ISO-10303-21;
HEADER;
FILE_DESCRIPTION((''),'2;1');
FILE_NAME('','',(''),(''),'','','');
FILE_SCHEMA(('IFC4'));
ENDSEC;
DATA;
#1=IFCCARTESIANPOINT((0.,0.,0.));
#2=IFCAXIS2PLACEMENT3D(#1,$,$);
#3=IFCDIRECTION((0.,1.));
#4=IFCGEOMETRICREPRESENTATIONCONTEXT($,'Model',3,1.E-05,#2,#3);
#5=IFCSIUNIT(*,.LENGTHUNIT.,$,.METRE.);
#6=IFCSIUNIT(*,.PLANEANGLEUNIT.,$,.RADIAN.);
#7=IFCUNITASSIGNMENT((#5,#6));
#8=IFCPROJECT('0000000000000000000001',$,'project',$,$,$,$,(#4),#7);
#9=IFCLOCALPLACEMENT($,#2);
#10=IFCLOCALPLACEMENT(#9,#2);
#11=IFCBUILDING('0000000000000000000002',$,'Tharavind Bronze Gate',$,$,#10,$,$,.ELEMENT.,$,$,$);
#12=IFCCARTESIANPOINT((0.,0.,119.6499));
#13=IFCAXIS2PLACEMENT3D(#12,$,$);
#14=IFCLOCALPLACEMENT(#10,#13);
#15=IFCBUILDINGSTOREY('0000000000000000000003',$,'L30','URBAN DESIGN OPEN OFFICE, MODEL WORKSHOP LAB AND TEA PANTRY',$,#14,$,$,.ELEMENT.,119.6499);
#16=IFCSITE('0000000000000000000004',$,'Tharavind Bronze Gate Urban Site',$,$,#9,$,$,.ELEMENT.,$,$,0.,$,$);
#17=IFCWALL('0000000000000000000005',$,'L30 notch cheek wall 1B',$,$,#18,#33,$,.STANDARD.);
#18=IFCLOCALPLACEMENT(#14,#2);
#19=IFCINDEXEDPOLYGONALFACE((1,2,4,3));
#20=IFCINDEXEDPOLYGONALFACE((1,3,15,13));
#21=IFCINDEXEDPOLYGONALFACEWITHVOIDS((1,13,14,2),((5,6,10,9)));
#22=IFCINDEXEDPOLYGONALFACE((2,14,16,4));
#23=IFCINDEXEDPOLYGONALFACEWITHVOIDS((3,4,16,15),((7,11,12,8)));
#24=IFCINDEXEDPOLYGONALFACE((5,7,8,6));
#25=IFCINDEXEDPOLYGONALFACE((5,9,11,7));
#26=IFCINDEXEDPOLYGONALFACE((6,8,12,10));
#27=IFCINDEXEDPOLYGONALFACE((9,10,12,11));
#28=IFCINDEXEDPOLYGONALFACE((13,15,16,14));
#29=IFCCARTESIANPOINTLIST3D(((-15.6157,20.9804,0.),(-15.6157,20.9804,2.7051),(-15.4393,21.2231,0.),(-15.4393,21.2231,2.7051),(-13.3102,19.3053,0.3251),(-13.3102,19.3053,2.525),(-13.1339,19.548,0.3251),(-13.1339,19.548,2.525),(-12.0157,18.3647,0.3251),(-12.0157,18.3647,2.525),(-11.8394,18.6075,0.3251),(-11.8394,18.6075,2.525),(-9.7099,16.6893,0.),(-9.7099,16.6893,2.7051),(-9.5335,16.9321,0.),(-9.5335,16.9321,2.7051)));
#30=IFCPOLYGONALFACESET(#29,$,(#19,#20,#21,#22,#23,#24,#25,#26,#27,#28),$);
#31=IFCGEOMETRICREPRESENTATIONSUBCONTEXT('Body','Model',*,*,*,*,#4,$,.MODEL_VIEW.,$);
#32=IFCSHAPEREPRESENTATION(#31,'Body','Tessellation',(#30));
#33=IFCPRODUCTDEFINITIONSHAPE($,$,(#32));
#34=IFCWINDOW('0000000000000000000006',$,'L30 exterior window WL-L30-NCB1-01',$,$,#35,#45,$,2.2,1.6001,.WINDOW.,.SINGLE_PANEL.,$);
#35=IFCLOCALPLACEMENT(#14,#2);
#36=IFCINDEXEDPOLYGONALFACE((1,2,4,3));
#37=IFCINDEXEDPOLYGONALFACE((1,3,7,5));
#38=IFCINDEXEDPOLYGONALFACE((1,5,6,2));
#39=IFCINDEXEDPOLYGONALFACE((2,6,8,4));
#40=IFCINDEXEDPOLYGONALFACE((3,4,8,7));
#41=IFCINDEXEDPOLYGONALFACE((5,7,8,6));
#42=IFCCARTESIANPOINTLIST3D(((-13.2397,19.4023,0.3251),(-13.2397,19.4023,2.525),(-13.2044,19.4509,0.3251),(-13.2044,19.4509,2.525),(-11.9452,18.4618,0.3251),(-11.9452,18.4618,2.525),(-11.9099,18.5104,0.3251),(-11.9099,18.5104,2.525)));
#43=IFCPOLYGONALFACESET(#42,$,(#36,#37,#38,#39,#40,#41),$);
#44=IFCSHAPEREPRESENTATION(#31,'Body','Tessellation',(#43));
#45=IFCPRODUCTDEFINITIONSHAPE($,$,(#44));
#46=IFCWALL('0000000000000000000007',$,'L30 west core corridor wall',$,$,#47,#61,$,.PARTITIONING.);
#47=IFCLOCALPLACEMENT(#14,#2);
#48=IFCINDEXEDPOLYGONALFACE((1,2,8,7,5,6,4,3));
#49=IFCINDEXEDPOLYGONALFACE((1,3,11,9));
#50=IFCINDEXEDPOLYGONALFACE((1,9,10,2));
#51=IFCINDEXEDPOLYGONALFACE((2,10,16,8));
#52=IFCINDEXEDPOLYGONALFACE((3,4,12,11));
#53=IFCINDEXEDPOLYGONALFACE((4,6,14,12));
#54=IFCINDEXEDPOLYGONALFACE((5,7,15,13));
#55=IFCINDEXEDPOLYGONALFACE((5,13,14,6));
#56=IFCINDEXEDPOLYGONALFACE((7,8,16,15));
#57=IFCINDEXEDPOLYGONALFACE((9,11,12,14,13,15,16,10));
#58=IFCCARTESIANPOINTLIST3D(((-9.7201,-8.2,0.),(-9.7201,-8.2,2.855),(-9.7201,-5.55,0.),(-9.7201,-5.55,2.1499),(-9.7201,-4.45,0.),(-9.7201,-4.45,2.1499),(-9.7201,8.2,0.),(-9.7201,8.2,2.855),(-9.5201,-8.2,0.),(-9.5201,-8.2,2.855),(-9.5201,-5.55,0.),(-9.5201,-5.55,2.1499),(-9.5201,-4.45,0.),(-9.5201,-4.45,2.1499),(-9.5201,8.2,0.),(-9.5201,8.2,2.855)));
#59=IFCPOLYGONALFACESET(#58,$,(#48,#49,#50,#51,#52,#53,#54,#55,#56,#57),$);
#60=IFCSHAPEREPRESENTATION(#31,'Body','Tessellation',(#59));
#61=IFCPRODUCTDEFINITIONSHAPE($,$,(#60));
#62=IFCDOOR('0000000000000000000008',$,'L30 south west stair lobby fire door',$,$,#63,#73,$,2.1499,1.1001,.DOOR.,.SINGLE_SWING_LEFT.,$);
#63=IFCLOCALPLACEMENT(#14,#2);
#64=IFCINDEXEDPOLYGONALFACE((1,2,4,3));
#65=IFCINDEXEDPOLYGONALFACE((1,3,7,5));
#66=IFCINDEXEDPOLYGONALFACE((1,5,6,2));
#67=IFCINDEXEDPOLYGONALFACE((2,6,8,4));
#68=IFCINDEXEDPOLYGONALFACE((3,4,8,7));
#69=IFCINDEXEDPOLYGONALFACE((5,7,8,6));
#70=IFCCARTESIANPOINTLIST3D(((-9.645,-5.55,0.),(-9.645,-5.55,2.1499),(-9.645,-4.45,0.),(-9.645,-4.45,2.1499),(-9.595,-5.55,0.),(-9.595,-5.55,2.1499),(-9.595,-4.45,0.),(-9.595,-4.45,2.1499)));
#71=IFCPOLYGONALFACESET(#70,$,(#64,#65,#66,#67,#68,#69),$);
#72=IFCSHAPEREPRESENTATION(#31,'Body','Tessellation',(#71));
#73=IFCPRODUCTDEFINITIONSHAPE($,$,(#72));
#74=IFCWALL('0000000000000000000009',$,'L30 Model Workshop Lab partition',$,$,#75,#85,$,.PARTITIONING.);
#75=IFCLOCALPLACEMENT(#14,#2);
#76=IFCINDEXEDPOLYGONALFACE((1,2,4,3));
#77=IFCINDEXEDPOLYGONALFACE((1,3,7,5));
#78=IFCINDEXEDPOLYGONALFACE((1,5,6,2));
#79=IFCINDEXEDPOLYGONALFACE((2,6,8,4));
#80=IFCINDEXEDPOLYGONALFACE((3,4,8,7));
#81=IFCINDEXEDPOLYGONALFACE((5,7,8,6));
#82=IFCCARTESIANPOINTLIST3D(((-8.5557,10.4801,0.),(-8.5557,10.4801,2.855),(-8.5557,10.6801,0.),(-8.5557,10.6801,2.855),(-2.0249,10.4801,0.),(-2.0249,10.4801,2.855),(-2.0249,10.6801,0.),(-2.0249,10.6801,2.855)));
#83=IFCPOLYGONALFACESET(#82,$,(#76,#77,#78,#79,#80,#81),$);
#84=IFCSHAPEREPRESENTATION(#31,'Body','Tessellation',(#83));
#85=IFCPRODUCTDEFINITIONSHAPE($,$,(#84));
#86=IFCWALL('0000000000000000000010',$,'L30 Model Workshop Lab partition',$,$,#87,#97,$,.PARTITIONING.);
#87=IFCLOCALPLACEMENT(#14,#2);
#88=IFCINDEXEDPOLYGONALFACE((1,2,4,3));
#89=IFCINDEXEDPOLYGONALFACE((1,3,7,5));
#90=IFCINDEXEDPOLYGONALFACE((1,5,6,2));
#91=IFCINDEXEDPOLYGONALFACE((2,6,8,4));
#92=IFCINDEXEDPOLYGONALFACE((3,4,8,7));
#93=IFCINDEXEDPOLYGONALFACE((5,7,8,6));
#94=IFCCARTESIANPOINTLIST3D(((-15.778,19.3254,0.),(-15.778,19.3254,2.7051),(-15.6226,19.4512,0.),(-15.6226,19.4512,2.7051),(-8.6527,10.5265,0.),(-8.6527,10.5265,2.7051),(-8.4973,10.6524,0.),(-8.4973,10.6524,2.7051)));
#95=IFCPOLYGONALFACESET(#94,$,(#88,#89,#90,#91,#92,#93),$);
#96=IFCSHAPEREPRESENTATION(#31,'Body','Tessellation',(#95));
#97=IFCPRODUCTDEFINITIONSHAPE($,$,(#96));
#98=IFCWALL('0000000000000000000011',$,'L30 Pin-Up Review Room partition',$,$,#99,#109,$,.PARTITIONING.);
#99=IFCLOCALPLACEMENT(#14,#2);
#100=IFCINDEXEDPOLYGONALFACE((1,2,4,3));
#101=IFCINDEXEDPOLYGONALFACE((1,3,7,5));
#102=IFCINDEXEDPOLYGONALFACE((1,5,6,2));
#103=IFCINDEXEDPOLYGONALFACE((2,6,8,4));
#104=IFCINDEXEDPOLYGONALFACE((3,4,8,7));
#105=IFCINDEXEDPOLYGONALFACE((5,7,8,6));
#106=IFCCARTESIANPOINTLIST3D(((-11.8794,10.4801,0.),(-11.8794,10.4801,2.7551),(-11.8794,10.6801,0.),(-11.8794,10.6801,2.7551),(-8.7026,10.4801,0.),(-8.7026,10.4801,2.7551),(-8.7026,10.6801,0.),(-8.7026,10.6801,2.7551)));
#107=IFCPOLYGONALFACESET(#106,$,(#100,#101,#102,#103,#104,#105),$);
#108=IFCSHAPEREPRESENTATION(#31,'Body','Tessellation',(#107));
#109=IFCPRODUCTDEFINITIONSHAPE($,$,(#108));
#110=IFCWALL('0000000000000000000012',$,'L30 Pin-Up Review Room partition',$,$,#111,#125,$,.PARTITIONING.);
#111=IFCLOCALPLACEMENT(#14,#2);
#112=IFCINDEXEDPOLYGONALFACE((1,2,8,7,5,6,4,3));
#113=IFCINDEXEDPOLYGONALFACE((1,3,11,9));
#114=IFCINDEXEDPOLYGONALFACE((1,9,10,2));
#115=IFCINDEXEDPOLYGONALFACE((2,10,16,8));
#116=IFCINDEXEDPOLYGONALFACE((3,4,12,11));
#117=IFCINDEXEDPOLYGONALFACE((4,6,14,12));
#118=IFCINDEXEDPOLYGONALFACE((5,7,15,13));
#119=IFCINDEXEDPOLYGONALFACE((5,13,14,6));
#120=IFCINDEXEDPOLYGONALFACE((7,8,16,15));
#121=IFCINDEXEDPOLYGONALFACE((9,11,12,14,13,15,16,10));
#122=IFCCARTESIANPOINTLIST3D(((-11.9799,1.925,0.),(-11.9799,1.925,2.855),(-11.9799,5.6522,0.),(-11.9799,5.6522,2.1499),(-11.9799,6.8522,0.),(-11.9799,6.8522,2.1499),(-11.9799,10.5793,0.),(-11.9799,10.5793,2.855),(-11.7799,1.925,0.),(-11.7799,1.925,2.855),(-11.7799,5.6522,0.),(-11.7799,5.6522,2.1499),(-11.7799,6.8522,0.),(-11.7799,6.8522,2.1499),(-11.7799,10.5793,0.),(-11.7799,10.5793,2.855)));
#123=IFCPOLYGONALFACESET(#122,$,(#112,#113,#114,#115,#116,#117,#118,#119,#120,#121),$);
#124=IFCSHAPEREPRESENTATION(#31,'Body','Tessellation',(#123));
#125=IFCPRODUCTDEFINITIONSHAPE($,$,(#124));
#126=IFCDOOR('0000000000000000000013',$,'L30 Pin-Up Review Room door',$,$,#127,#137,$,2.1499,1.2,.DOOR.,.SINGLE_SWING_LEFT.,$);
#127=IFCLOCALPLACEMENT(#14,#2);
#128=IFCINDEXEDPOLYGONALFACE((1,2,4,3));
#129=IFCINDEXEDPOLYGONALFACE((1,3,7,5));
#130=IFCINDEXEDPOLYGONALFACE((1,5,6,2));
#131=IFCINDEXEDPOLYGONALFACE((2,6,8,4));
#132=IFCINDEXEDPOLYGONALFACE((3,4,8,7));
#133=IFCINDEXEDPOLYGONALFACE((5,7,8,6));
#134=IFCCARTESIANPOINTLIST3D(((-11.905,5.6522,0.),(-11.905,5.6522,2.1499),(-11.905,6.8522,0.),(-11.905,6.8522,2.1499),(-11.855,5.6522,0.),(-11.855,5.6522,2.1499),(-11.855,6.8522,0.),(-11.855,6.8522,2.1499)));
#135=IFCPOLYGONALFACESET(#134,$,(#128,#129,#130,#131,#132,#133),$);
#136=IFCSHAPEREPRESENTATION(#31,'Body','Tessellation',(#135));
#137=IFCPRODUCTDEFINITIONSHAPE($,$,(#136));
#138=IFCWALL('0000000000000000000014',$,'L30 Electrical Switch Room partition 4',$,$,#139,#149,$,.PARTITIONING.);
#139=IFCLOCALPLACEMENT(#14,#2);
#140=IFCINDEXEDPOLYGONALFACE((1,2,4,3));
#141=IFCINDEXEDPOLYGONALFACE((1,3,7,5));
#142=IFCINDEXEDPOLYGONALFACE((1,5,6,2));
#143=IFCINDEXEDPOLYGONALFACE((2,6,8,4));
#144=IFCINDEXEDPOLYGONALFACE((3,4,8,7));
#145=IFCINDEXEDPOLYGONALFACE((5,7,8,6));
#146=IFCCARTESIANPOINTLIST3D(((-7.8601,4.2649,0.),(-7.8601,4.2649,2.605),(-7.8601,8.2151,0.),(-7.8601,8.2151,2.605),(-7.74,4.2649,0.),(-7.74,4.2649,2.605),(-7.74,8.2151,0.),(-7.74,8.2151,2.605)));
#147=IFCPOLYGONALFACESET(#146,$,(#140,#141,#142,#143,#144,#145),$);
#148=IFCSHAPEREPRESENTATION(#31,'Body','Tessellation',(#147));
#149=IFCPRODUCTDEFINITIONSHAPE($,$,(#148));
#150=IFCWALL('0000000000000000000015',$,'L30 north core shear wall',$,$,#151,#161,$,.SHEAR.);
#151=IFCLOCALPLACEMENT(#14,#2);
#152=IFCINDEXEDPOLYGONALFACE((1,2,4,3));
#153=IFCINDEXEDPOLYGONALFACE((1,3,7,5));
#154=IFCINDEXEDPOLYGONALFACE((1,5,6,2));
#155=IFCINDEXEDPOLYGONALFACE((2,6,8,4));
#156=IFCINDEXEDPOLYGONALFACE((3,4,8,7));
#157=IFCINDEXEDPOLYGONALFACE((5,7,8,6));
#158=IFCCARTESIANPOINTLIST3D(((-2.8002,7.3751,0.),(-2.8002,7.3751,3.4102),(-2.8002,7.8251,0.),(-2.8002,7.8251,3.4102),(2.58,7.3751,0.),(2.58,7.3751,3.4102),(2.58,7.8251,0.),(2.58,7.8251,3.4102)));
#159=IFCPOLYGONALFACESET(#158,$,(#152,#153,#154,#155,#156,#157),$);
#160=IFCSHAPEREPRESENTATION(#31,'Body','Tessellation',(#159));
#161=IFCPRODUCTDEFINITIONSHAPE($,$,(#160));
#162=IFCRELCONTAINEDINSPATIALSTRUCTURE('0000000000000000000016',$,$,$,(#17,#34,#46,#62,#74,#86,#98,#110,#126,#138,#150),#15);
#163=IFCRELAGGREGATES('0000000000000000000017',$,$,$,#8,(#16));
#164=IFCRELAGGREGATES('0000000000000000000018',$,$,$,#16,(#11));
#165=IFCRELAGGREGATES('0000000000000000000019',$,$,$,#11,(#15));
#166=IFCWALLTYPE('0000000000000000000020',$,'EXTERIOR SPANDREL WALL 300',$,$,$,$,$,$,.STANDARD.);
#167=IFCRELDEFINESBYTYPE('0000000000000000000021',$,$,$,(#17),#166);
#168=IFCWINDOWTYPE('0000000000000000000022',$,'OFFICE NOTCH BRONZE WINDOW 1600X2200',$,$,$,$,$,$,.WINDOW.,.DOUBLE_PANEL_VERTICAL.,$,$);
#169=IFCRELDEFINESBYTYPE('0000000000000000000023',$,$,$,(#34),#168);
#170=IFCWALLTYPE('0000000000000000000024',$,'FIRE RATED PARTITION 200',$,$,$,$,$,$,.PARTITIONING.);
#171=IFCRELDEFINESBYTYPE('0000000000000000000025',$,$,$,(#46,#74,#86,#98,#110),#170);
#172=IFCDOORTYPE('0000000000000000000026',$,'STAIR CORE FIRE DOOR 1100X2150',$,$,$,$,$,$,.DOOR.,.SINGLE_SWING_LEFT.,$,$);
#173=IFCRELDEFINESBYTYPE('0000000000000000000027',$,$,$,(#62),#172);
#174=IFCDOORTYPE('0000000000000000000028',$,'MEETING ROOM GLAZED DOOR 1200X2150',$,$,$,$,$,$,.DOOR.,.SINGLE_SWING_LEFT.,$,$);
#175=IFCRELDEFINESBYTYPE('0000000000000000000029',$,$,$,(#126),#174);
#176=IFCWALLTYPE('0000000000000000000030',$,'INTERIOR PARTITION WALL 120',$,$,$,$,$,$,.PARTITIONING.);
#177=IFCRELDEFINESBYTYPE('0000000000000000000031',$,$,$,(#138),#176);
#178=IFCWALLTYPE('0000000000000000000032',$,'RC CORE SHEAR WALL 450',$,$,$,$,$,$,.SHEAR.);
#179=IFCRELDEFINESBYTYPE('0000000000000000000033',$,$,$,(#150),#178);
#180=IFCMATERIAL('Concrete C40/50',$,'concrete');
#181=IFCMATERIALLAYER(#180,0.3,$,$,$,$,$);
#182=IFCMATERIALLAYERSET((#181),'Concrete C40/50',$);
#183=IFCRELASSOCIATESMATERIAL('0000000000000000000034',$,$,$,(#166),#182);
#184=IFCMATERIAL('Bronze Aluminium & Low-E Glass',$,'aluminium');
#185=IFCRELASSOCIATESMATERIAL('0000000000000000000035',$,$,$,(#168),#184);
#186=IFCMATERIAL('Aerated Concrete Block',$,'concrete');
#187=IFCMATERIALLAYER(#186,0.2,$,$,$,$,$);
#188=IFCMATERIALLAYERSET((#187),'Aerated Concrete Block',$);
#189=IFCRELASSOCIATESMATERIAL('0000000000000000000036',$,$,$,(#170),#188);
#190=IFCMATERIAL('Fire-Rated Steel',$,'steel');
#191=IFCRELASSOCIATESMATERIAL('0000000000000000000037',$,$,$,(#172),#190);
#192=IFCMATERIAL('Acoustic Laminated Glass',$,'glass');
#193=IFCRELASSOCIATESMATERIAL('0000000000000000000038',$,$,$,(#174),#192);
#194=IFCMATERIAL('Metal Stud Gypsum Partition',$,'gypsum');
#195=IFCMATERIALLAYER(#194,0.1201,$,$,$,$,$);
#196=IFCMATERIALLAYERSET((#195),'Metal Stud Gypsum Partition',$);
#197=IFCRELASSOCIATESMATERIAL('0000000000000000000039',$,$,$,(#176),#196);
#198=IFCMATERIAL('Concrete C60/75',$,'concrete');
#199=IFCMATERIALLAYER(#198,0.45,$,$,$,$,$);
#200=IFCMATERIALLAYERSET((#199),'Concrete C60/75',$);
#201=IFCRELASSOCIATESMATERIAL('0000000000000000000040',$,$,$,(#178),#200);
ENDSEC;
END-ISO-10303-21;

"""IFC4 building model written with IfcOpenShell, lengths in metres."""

from ifc_helpers import new_model, si_unit, direction, frame, frame_2d, origin, place, context, subcontext, project, spatial, rectangle, extrude, material, layer, layer_set, type_object, element, fill, save


model = new_model("IFC4")

# Units and contexts
model_context = context("Model", 3, precision=1e-05, world=origin(), true_north=direction((0.0, 1.0)))
body_context = subcontext(model_context, "Body", "Model", "MODEL_VIEW")
ifc_project = project(units=[si_unit("LENGTHUNIT", "METRE"), si_unit("PLANEANGLEUNIT", "RADIAN")], contexts=[model_context])

# Site, building, storey
site_placement = place(None, origin())
site = spatial("IfcSite", under=ifc_project, at=site_placement, Name="Tharavind Bronze Gate Urban Site", CompositionType="ELEMENT", RefElevation=0.0)
building_placement = place(site_placement, origin())
building = spatial("IfcBuilding", under=site, at=building_placement, Name="Tharavind Bronze Gate", CompositionType="ELEMENT")
storey_placement = place(building_placement, frame((0.0, 0.0, 119.6499)))
storey = spatial("IfcBuildingStorey", under=building, at=storey_placement, Name="L30", Description="URBAN DESIGN OPEN OFFICE, MODEL WORKSHOP LAB AND TEA PANTRY", CompositionType="ELEMENT", Elevation=119.6499)

# Wall, opening, window
ifc_material_1 = material(Name="Concrete C40/50", Category="concrete")
ifc_layer_1 = layer(ifc_material_1, 0.3)
ifc_layer_set_1 = layer_set([ifc_layer_1], Name="Concrete C40/50")
wall_type_1 = type_object("IfcWallType", Name="EXTERIOR SPANDREL WALL 300", PredefinedType="STANDARD", material=ifc_layer_set_1)
wall_1_placement = place(storey_placement, frame((-9.6218, 16.8108, 0.0), z_axis=(0.0, 0.0, 1.0), x_axis=(-0.809002, 0.587806, 0.0)))
wall_1 = element("IfcWall", 1, at=wall_1_placement, inside=storey, type_object=wall_type_1, Name="L30 notch cheek wall 1B", PredefinedType="STANDARD", context=body_context, shape_type="SweptSolid", body=[
    extrude(rectangle(XDim=7.3, YDim=0.3, at=frame_2d((3.6499, 0.0))), origin(), (0.0, 0.0, 1.0), 2.7051),
])
opening_1_placement = place(wall_1_placement, frame((2.8501, 0.0, 0.325)))
opening_1 = element("IfcOpeningElement", 2, at=opening_1_placement, cuts=wall_1, PredefinedType="OPENING", context=body_context, shape_type="SweptSolid", body=[
    extrude(rectangle(XDim=1.6001, YDim=2.2, at=frame_2d((0.8, 1.1001))), frame((0.0, 0.1599, 0.0), z_axis=(0.0, -1.0, 0.0), x_axis=(1.0, 0.0, 0.0)), (0.0, 0.0, 1.0), 0.32),
])
ifc_material_2 = material(Name="Bronze Aluminium & Low-E Glass", Category="aluminium")
window_type = type_object("IfcWindowType", Name="OFFICE NOTCH BRONZE WINDOW 1600X2200", PartitioningType="DOUBLE_PANEL_VERTICAL", PredefinedType="WINDOW", material=ifc_material_2)
window_placement = place(opening_1_placement, origin())
window = element("IfcWindow", 3, at=window_placement, inside=storey, type_object=window_type, Name="L30 exterior window WL-L30-NCB1-01", OverallHeight=2.2, OverallWidth=1.6001, PartitioningType="SINGLE_PANEL", PredefinedType="WINDOW", context=body_context, shape_type="SweptSolid", body=[
    extrude(rectangle(XDim=1.6001, YDim=2.2, at=frame_2d((0.8, 1.1001))), frame((0.0, 0.03, 0.0), z_axis=(0.0, -1.0, 0.0), x_axis=(1.0, 0.0, 0.0)), (0.0, 0.0, 1.0), 0.0601),
])
fill(opening_1, window)

# Wall, opening, door
ifc_material_3 = material(Name="Aerated Concrete Block", Category="concrete")
ifc_layer_2 = layer(ifc_material_3, 0.2)
ifc_layer_set_2 = layer_set([ifc_layer_2], Name="Aerated Concrete Block")
wall_type_2 = type_object("IfcWallType", Name="FIRE RATED PARTITION 200", PredefinedType="PARTITIONING", material=ifc_layer_set_2)
wall_2_placement = place(storey_placement, frame((-9.6201, 8.2, 0.0), z_axis=(0.0, 0.0, 1.0), x_axis=(0.0, -1.0, 0.0)))
wall_2 = element("IfcWall", 4, at=wall_2_placement, inside=storey, type_object=wall_type_2, Name="L30 west core corridor wall", PredefinedType="PARTITIONING", context=body_context, shape_type="SweptSolid", body=[
    extrude(rectangle(XDim=16.3999, YDim=0.2, at=frame_2d((8.2, 0.0))), origin(), (0.0, 0.0, 1.0), 2.855),
])
opening_2_placement = place(wall_2_placement, frame((12.6499, 0.0, 0.0)))
opening_2 = element("IfcOpeningElement", 5, at=opening_2_placement, cuts=wall_2, PredefinedType="OPENING", context=body_context, shape_type="SweptSolid", body=[
    extrude(rectangle(XDim=1.1001, YDim=2.1499, at=frame_2d((0.55, 1.075))), frame((0.0, 0.1101, 0.0), z_axis=(0.0, -1.0, 0.0), x_axis=(1.0, 0.0, 0.0)), (0.0, 0.0, 1.0), 0.22),
])
ifc_material_4 = material(Name="Fire-Rated Steel", Category="steel")
door_type_1 = type_object("IfcDoorType", Name="STAIR CORE FIRE DOOR 1100X2150", OperationType="SINGLE_SWING_LEFT", PredefinedType="DOOR", material=ifc_material_4)
door_1_placement = place(opening_2_placement, frame((1.1001, 0.0, 0.0), z_axis=(0.0, 0.0, 1.0), x_axis=(-1.0, 0.0, 0.0)))
door_1 = element("IfcDoor", 6, at=door_1_placement, inside=storey, type_object=door_type_1, Name="L30 south west stair lobby fire door", OperationType="SINGLE_SWING_LEFT", OverallHeight=2.1499, OverallWidth=1.1001, PredefinedType="DOOR", context=body_context, shape_type="SweptSolid", body=[
    extrude(rectangle(XDim=1.1001, YDim=2.1499, at=frame_2d((0.55, 1.075))), frame((0.0, 0.0249, 0.0), z_axis=(0.0, -1.0, 0.0), x_axis=(1.0, 0.0, 0.0)), (0.0, 0.0, 1.0), 0.05),
])
fill(opening_2, door_1)

# Walls
wall_3_placement = place(storey_placement, frame((-2.0249, 10.5801, 0.0), z_axis=(0.0, 0.0, 1.0), x_axis=(-1.0, 0.0, 0.0)))
element("IfcWall", 7, at=wall_3_placement, inside=storey, type_object=wall_type_2, Name="L30 Model Workshop Lab partition", PredefinedType="PARTITIONING", context=body_context, shape_type="SweptSolid", body=[
    extrude(rectangle(XDim=6.5308, YDim=0.2, at=frame_2d((3.2654, 0.0))), origin(), (0.0, 0.0, 1.0), 2.855),
])
wall_4_placement = place(storey_placement, frame((-8.575, 10.5894, 0.0), z_axis=(0.0, 0.0, 1.0), x_axis=(-0.629325, 0.777142, 0.0)))
element("IfcWall", 8, at=wall_4_placement, inside=storey, type_object=wall_type_2, Name="L30 Model Workshop Lab partition", PredefinedType="PARTITIONING", context=body_context, shape_type="SweptSolid", body=[
    extrude(rectangle(XDim=11.322, YDim=0.2, at=frame_2d((5.6611, 0.0))), origin(), (0.0, 0.0, 1.0), 2.7051),
])
wall_5_placement = place(storey_placement, frame((-8.7026, 10.5801, 0.0), z_axis=(0.0, 0.0, 1.0), x_axis=(-1.0, 0.0, 0.0)))
element("IfcWall", 9, at=wall_5_placement, inside=storey, type_object=wall_type_2, Name="L30 Pin-Up Review Room partition", PredefinedType="PARTITIONING", context=body_context, shape_type="SweptSolid", body=[
    extrude(rectangle(XDim=3.1768, YDim=0.2, at=frame_2d((1.5884, 0.0))), origin(), (0.0, 0.0, 1.0), 2.7551),
])

# Wall, opening, door
wall_6_placement = place(storey_placement, frame((-11.8799, 10.5793, 0.0), z_axis=(0.0, 0.0, 1.0), x_axis=(0.0, -1.0, 0.0)))
wall_6 = element("IfcWall", 10, at=wall_6_placement, inside=storey, type_object=wall_type_2, Name="L30 Pin-Up Review Room partition", PredefinedType="PARTITIONING", context=body_context, shape_type="SweptSolid", body=[
    extrude(rectangle(XDim=8.6543, YDim=0.2, at=frame_2d((4.3271, 0.0))), origin(), (0.0, 0.0, 1.0), 2.855),
])
opening_3_placement = place(wall_6_placement, frame((3.7271, 0.0, 0.0)))
opening_3 = element("IfcOpeningElement", 11, at=opening_3_placement, cuts=wall_6, PredefinedType="OPENING", context=body_context, shape_type="SweptSolid", body=[
    extrude(rectangle(XDim=1.2, YDim=2.1499, at=frame_2d((0.6001, 1.075))), frame((0.0, 0.1101, 0.0), z_axis=(0.0, -1.0, 0.0), x_axis=(1.0, 0.0, 0.0)), (0.0, 0.0, 1.0), 0.22),
])
ifc_material_5 = material(Name="Acoustic Laminated Glass", Category="glass")
door_type_2 = type_object("IfcDoorType", Name="MEETING ROOM GLAZED DOOR 1200X2150", OperationType="SINGLE_SWING_LEFT", PredefinedType="DOOR", material=ifc_material_5)
door_2_placement = place(opening_3_placement, origin())
door_2 = element("IfcDoor", 12, at=door_2_placement, inside=storey, type_object=door_type_2, Name="L30 Pin-Up Review Room door", OperationType="SINGLE_SWING_LEFT", OverallHeight=2.1499, OverallWidth=1.2, PredefinedType="DOOR", context=body_context, shape_type="SweptSolid", body=[
    extrude(rectangle(XDim=1.2, YDim=2.1499, at=frame_2d((0.6001, 1.075))), frame((0.0, 0.0249, 0.0), z_axis=(0.0, -1.0, 0.0), x_axis=(1.0, 0.0, 0.0)), (0.0, 0.0, 1.0), 0.05),
])
fill(opening_3, door_2)

# Walls
ifc_material_6 = material(Name="Metal Stud Gypsum Partition", Category="gypsum")
ifc_layer_3 = layer(ifc_material_6, 0.1201)
ifc_layer_set_3 = layer_set([ifc_layer_3], Name="Metal Stud Gypsum Partition")
wall_type_3 = type_object("IfcWallType", Name="INTERIOR PARTITION WALL 120", PredefinedType="PARTITIONING", material=ifc_layer_set_3)
wall_7_placement = place(storey_placement, frame((-7.8, 8.2151, 0.0), z_axis=(0.0, 0.0, 1.0), x_axis=(0.0, -1.0, 0.0)))
element("IfcWall", 13, at=wall_7_placement, inside=storey, type_object=wall_type_3, Name="L30 Electrical Switch Room partition 4", PredefinedType="PARTITIONING", context=body_context, shape_type="SweptSolid", body=[
    extrude(rectangle(XDim=3.9502, YDim=0.1201, at=frame_2d((1.9751, 0.0))), origin(), (0.0, 0.0, 1.0), 2.605),
])
ifc_material_7 = material(Name="Concrete C60/75", Category="concrete")
ifc_layer_4 = layer(ifc_material_7, 0.45)
ifc_layer_set_4 = layer_set([ifc_layer_4], Name="Concrete C60/75")
wall_type_4 = type_object("IfcWallType", Name="RC CORE SHEAR WALL 450", PredefinedType="SHEAR", material=ifc_layer_set_4)
wall_8_placement = place(storey_placement, frame((-2.8, 7.6001, 0.0), z_axis=(0.0, 0.0, 1.0), x_axis=(1.0, 0.0, 0.0)))
element("IfcWall", 14, at=wall_8_placement, inside=storey, type_object=wall_type_4, Name="L30 north core shear wall", PredefinedType="SHEAR", context=body_context, shape_type="SweptSolid", body=[
    extrude(rectangle(XDim=5.3801, YDim=0.45, at=frame_2d((2.6899, 0.0))), origin(), (0.0, 0.0, 1.0), 3.4102),
])

save(model, "model.ifc")
